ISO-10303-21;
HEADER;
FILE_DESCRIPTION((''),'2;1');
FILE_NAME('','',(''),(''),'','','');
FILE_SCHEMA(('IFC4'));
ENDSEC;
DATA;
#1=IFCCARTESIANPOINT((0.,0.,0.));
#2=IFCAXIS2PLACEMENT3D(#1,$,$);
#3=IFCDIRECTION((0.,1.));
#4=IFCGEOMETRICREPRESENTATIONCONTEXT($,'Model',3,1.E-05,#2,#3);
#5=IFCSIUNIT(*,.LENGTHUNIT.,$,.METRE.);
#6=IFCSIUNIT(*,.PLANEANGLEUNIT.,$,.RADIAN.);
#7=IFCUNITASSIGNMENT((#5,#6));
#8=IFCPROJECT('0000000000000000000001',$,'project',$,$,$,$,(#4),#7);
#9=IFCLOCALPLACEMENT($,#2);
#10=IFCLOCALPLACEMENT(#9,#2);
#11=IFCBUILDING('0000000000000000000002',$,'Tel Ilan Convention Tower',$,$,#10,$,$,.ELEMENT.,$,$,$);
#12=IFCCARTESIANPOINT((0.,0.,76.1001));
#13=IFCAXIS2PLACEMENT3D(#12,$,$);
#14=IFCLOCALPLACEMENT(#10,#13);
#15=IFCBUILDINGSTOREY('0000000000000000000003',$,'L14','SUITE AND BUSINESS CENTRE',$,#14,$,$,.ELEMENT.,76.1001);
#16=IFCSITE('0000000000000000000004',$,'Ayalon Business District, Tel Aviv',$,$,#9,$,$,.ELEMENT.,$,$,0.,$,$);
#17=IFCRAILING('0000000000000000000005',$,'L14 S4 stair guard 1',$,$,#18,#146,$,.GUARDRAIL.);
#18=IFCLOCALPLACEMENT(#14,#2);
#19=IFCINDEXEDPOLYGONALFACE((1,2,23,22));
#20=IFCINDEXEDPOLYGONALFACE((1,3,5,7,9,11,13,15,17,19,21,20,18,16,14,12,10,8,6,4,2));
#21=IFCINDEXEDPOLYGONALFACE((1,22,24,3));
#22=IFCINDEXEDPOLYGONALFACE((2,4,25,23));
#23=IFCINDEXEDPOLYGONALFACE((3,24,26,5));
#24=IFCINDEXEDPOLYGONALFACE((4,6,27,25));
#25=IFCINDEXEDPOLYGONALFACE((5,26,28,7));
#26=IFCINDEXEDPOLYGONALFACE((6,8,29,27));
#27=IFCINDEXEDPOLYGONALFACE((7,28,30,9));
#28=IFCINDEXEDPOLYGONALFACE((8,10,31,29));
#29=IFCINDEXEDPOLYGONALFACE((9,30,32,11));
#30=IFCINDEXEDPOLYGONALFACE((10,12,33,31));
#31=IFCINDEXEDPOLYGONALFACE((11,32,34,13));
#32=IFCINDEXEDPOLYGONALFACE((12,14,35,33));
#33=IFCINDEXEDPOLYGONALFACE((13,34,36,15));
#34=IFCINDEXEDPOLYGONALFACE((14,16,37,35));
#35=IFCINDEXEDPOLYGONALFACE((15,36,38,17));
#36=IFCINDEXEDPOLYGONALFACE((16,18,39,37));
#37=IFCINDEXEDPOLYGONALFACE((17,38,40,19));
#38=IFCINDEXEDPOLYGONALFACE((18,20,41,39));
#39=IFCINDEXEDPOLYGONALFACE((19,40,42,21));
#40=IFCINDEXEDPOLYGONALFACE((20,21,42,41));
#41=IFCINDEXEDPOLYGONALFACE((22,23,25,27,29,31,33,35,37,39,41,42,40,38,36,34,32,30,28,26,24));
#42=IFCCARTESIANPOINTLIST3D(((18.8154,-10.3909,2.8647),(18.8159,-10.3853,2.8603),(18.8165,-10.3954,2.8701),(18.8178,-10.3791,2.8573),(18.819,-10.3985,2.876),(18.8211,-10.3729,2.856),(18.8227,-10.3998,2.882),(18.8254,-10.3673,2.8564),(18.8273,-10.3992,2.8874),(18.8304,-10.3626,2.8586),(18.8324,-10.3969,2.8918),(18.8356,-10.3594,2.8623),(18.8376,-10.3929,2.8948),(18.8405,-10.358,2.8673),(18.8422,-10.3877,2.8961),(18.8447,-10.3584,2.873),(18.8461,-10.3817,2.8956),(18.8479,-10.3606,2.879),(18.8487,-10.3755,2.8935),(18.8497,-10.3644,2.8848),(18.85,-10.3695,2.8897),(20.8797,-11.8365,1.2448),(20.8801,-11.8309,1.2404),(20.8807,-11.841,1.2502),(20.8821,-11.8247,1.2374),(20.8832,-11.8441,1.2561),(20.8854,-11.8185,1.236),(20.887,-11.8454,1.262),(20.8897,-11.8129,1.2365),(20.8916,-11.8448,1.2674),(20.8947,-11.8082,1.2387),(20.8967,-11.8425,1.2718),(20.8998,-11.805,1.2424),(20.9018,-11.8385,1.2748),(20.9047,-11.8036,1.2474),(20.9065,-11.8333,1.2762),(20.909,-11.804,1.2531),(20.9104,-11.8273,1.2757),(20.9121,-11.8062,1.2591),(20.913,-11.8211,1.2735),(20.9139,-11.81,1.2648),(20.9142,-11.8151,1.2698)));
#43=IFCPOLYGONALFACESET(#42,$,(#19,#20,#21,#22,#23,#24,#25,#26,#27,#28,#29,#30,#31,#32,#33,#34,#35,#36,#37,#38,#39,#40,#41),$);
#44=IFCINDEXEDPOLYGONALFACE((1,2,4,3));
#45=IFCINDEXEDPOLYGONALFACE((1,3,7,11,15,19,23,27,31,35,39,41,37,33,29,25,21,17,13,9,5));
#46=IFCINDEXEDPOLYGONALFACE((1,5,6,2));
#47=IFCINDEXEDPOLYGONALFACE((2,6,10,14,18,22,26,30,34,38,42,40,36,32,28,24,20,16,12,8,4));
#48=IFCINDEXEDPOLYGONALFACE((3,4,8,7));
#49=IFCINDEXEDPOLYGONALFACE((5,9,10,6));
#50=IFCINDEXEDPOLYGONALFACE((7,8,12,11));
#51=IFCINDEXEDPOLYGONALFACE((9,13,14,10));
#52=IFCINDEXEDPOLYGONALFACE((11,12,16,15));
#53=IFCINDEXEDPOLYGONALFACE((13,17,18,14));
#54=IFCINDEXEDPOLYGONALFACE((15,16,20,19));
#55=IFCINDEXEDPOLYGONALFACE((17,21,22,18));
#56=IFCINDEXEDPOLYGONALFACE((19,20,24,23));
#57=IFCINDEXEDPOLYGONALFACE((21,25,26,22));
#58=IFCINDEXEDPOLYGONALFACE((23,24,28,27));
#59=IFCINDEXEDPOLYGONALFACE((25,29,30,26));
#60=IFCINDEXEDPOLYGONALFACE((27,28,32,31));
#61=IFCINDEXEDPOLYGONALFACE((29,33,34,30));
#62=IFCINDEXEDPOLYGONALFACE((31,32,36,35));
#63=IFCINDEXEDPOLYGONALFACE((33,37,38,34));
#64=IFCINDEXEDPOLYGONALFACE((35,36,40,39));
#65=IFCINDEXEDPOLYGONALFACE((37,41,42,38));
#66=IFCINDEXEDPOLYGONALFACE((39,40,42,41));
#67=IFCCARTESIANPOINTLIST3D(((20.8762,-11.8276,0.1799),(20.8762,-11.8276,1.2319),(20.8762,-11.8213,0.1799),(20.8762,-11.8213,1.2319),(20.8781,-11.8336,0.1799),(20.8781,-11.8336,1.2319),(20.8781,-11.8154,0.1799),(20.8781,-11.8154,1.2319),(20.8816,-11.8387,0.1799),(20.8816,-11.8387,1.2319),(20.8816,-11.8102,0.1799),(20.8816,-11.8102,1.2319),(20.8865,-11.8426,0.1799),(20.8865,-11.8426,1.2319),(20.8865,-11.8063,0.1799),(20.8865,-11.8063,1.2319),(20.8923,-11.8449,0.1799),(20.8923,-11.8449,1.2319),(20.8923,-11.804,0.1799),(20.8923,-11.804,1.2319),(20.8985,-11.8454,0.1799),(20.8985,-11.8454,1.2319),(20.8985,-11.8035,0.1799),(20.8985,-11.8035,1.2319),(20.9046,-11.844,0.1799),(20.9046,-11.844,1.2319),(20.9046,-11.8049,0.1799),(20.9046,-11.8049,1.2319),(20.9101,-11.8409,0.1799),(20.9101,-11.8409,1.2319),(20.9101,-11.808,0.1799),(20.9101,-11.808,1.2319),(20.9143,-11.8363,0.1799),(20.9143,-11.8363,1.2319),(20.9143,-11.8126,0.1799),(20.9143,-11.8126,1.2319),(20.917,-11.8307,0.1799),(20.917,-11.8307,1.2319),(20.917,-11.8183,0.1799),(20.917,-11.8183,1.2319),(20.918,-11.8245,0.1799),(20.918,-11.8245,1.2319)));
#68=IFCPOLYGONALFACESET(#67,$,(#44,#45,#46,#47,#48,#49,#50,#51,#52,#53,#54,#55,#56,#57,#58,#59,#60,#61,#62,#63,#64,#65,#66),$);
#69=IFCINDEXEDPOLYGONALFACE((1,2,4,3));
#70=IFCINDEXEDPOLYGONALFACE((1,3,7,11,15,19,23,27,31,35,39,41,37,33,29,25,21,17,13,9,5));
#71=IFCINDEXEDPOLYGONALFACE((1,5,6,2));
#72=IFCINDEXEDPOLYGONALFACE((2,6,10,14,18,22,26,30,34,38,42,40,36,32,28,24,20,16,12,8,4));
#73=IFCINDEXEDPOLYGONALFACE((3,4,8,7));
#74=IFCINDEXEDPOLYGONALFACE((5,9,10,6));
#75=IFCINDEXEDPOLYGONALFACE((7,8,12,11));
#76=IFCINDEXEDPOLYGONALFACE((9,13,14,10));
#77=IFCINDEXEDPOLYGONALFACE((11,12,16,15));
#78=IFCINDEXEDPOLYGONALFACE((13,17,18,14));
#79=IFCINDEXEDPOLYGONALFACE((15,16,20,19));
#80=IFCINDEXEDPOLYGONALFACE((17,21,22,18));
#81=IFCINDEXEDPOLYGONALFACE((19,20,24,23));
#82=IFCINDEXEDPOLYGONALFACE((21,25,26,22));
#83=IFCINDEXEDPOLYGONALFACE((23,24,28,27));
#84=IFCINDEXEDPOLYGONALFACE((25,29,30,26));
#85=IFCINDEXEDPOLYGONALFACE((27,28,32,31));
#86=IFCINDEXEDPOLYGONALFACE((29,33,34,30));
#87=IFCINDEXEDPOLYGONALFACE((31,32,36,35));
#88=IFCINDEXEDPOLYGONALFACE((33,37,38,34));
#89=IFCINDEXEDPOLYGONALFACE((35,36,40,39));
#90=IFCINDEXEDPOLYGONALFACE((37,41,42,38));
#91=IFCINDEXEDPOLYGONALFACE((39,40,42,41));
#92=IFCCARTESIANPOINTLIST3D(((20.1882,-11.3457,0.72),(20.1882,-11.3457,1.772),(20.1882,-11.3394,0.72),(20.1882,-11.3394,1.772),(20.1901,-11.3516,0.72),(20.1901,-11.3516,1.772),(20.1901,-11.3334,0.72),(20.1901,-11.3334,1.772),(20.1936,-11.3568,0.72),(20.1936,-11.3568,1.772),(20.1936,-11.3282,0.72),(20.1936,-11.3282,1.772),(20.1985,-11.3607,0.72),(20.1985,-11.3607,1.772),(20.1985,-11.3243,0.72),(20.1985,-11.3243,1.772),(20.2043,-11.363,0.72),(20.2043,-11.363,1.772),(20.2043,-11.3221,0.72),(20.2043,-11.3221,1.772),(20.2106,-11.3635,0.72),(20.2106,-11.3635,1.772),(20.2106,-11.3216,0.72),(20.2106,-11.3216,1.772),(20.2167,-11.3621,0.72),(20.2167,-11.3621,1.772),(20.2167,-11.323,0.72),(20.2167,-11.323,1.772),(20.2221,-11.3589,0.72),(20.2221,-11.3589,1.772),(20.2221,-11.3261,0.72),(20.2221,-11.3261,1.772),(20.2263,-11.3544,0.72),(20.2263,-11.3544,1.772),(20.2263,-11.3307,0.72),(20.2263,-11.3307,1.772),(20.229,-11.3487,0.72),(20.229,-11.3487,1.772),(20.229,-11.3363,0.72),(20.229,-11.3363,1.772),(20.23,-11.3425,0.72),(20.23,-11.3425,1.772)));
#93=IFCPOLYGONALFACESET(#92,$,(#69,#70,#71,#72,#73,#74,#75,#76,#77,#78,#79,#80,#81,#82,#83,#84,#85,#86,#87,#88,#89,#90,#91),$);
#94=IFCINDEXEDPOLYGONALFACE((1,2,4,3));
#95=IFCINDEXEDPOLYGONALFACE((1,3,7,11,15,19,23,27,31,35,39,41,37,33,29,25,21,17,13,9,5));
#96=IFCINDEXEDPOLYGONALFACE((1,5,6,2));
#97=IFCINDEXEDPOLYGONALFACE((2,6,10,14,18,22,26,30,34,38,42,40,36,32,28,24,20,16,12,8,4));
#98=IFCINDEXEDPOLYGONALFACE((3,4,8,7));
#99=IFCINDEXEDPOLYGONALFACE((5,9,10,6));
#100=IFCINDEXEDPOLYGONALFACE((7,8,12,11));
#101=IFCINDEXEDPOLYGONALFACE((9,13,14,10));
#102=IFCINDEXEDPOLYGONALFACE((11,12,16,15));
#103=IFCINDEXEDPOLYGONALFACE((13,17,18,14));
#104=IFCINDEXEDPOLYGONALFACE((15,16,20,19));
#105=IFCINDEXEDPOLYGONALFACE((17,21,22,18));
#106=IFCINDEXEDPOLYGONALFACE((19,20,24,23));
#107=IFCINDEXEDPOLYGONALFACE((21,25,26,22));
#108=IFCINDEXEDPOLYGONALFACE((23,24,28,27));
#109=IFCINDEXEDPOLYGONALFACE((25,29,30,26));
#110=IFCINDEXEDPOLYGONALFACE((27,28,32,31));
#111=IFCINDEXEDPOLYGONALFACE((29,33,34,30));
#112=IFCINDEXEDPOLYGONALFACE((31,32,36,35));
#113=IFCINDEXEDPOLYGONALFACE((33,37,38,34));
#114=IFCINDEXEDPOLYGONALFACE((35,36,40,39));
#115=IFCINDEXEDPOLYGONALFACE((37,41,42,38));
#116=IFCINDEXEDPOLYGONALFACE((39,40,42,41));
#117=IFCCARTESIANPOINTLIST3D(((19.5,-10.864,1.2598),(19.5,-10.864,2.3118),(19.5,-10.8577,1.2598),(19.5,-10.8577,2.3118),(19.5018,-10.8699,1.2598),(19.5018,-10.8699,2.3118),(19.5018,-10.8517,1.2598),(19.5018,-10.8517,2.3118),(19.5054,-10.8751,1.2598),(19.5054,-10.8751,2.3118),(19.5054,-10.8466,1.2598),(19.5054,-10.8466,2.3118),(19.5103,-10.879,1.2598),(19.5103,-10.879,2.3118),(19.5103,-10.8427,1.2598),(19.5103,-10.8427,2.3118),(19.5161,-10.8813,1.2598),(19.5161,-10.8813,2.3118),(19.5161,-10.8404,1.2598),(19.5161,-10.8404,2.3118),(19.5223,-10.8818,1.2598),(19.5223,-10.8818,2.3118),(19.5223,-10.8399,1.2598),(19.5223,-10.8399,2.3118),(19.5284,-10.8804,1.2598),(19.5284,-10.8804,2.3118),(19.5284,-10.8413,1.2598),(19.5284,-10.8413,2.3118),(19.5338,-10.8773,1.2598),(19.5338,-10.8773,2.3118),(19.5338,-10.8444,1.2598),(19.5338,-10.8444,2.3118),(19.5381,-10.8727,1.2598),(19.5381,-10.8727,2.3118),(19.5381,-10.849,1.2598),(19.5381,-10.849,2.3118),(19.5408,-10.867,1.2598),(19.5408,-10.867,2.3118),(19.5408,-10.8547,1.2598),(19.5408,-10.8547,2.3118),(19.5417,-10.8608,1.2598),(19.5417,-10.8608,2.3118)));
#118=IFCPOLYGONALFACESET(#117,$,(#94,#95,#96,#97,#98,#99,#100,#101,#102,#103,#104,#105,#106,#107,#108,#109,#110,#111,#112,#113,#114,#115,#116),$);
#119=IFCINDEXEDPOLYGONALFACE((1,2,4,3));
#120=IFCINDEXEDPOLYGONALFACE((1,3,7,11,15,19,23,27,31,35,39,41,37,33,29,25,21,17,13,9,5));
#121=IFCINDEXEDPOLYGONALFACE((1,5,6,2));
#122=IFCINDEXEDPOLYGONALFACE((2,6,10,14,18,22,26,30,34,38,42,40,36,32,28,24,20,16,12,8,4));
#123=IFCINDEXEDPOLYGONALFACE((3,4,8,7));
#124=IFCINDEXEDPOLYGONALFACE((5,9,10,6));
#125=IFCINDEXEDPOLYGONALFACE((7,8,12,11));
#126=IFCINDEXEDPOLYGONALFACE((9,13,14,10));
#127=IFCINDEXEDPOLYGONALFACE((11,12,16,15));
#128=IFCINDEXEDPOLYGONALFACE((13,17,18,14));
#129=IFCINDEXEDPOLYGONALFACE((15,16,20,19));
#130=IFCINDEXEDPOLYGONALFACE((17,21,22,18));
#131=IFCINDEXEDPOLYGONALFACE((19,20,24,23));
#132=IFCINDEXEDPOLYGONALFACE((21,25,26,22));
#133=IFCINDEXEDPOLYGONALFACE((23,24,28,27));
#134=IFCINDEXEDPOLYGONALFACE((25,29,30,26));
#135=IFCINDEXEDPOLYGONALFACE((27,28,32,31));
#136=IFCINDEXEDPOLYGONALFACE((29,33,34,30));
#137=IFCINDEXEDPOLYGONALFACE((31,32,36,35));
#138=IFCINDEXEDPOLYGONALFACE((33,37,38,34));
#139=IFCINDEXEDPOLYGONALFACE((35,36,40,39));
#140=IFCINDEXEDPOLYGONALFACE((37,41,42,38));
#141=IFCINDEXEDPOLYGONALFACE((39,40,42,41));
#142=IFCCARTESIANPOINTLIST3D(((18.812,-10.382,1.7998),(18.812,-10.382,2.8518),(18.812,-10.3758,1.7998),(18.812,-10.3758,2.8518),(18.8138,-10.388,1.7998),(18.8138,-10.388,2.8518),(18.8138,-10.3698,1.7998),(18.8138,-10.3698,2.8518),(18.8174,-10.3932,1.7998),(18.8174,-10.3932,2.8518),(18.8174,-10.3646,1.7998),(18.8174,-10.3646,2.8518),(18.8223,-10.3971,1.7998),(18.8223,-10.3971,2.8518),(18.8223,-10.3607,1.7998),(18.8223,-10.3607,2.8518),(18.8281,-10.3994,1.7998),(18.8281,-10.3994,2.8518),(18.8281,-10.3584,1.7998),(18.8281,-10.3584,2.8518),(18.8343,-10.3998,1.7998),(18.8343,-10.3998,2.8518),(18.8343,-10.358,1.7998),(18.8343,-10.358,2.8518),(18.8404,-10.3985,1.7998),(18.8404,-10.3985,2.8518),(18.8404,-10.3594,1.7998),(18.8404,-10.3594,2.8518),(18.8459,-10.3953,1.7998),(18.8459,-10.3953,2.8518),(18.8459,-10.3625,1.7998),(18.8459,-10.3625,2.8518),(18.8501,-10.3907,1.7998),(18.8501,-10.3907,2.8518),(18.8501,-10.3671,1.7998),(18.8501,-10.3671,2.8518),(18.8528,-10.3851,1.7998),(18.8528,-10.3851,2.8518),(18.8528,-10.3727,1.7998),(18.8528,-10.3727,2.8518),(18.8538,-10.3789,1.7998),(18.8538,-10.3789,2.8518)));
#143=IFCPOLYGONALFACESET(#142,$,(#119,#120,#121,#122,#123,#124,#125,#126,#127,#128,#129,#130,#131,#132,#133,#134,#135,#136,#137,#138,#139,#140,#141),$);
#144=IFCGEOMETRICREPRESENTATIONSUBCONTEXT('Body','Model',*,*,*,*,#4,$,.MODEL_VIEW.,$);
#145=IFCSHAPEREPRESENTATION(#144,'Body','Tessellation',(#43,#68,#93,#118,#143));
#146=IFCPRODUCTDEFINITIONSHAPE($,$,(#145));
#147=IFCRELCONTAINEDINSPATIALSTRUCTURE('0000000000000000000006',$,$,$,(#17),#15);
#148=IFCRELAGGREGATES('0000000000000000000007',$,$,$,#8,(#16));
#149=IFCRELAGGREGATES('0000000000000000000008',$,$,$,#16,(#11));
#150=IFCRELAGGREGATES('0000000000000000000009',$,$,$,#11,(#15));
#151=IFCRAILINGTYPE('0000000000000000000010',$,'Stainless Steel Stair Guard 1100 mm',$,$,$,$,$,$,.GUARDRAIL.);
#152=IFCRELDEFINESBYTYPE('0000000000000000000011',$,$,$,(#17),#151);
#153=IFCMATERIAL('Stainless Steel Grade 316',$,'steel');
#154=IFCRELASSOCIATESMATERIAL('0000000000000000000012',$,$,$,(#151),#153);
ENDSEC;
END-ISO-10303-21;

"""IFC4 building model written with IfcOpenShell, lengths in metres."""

from ifc_helpers import new_model, si_unit, direction, frame, origin, origin_2d, place, context, subcontext, project, spatial, circle, extrude, material, type_object, element, save


model = new_model("IFC4")

# Units and contexts
model_context = context("Model", 3, precision=1e-05, world=origin(), true_north=direction((0.0, 1.0)))
body_context = subcontext(model_context, "Body", "Model", "MODEL_VIEW")
ifc_project = project(units=[si_unit("LENGTHUNIT", "METRE"), si_unit("PLANEANGLEUNIT", "RADIAN")], contexts=[model_context])

# Site, building, storey
site_placement = place(None, origin())
site = spatial("IfcSite", under=ifc_project, at=site_placement, Name="Ayalon Business District, Tel Aviv", CompositionType="ELEMENT", RefElevation=0.0)
building_placement = place(site_placement, origin())
building = spatial("IfcBuilding", under=site, at=building_placement, Name="Tel Ilan Convention Tower", CompositionType="ELEMENT")
storey_placement = place(building_placement, frame((0.0, 0.0, 76.1001)))
storey = spatial("IfcBuildingStorey", under=building, at=storey_placement, Name="L14", Description="SUITE AND BUSINESS CENTRE", CompositionType="ELEMENT", Elevation=76.1001)

# Railing
ifc_material_1 = material(Name="Stainless Steel Grade 316", Category="steel")
railing_type_1 = type_object("IfcRailingType", Name="Stainless Steel Stair Guard 1100 mm", PredefinedType="GUARDRAIL", material=ifc_material_1)
railing_1_placement = place(storey_placement, frame((20.897, -11.8245, 0.1799)))
element("IfcRailing", 1, at=railing_1_placement, inside=storey, type_object=railing_type_1, Name="L14 S4 stair guard 1", PredefinedType="GUARDRAIL", context=body_context, shape_type="SweptSolid", body=[
    extrude(circle(Radius=0.0239, at=origin_2d()), frame((0.0, 0.0, 1.0762), z_axis=(-0.689043, 0.482534, 0.540722), x_axis=(-0.573625, -0.819118, 0.0)), (0.0, 0.0, 1.0), 2.9958),
    extrude(circle(Radius=0.021, at=origin_2d()), origin(), (0.0, 0.0, 1.0), 1.052),
    extrude(circle(Radius=0.021, at=origin_2d()), frame((-0.688, 0.4819, 0.54)), (0.0, 0.0, 1.0), 1.052),
    extrude(circle(Radius=0.021, at=origin_2d()), frame((-1.3762, 0.9636, 1.0798)), (0.0, 0.0, 1.0), 1.052),
    extrude(circle(Radius=0.021, at=origin_2d()), frame((-2.0642, 1.4456, 1.6199)), (0.0, 0.0, 1.0), 1.052),
])

save(model, "model.ifc")
